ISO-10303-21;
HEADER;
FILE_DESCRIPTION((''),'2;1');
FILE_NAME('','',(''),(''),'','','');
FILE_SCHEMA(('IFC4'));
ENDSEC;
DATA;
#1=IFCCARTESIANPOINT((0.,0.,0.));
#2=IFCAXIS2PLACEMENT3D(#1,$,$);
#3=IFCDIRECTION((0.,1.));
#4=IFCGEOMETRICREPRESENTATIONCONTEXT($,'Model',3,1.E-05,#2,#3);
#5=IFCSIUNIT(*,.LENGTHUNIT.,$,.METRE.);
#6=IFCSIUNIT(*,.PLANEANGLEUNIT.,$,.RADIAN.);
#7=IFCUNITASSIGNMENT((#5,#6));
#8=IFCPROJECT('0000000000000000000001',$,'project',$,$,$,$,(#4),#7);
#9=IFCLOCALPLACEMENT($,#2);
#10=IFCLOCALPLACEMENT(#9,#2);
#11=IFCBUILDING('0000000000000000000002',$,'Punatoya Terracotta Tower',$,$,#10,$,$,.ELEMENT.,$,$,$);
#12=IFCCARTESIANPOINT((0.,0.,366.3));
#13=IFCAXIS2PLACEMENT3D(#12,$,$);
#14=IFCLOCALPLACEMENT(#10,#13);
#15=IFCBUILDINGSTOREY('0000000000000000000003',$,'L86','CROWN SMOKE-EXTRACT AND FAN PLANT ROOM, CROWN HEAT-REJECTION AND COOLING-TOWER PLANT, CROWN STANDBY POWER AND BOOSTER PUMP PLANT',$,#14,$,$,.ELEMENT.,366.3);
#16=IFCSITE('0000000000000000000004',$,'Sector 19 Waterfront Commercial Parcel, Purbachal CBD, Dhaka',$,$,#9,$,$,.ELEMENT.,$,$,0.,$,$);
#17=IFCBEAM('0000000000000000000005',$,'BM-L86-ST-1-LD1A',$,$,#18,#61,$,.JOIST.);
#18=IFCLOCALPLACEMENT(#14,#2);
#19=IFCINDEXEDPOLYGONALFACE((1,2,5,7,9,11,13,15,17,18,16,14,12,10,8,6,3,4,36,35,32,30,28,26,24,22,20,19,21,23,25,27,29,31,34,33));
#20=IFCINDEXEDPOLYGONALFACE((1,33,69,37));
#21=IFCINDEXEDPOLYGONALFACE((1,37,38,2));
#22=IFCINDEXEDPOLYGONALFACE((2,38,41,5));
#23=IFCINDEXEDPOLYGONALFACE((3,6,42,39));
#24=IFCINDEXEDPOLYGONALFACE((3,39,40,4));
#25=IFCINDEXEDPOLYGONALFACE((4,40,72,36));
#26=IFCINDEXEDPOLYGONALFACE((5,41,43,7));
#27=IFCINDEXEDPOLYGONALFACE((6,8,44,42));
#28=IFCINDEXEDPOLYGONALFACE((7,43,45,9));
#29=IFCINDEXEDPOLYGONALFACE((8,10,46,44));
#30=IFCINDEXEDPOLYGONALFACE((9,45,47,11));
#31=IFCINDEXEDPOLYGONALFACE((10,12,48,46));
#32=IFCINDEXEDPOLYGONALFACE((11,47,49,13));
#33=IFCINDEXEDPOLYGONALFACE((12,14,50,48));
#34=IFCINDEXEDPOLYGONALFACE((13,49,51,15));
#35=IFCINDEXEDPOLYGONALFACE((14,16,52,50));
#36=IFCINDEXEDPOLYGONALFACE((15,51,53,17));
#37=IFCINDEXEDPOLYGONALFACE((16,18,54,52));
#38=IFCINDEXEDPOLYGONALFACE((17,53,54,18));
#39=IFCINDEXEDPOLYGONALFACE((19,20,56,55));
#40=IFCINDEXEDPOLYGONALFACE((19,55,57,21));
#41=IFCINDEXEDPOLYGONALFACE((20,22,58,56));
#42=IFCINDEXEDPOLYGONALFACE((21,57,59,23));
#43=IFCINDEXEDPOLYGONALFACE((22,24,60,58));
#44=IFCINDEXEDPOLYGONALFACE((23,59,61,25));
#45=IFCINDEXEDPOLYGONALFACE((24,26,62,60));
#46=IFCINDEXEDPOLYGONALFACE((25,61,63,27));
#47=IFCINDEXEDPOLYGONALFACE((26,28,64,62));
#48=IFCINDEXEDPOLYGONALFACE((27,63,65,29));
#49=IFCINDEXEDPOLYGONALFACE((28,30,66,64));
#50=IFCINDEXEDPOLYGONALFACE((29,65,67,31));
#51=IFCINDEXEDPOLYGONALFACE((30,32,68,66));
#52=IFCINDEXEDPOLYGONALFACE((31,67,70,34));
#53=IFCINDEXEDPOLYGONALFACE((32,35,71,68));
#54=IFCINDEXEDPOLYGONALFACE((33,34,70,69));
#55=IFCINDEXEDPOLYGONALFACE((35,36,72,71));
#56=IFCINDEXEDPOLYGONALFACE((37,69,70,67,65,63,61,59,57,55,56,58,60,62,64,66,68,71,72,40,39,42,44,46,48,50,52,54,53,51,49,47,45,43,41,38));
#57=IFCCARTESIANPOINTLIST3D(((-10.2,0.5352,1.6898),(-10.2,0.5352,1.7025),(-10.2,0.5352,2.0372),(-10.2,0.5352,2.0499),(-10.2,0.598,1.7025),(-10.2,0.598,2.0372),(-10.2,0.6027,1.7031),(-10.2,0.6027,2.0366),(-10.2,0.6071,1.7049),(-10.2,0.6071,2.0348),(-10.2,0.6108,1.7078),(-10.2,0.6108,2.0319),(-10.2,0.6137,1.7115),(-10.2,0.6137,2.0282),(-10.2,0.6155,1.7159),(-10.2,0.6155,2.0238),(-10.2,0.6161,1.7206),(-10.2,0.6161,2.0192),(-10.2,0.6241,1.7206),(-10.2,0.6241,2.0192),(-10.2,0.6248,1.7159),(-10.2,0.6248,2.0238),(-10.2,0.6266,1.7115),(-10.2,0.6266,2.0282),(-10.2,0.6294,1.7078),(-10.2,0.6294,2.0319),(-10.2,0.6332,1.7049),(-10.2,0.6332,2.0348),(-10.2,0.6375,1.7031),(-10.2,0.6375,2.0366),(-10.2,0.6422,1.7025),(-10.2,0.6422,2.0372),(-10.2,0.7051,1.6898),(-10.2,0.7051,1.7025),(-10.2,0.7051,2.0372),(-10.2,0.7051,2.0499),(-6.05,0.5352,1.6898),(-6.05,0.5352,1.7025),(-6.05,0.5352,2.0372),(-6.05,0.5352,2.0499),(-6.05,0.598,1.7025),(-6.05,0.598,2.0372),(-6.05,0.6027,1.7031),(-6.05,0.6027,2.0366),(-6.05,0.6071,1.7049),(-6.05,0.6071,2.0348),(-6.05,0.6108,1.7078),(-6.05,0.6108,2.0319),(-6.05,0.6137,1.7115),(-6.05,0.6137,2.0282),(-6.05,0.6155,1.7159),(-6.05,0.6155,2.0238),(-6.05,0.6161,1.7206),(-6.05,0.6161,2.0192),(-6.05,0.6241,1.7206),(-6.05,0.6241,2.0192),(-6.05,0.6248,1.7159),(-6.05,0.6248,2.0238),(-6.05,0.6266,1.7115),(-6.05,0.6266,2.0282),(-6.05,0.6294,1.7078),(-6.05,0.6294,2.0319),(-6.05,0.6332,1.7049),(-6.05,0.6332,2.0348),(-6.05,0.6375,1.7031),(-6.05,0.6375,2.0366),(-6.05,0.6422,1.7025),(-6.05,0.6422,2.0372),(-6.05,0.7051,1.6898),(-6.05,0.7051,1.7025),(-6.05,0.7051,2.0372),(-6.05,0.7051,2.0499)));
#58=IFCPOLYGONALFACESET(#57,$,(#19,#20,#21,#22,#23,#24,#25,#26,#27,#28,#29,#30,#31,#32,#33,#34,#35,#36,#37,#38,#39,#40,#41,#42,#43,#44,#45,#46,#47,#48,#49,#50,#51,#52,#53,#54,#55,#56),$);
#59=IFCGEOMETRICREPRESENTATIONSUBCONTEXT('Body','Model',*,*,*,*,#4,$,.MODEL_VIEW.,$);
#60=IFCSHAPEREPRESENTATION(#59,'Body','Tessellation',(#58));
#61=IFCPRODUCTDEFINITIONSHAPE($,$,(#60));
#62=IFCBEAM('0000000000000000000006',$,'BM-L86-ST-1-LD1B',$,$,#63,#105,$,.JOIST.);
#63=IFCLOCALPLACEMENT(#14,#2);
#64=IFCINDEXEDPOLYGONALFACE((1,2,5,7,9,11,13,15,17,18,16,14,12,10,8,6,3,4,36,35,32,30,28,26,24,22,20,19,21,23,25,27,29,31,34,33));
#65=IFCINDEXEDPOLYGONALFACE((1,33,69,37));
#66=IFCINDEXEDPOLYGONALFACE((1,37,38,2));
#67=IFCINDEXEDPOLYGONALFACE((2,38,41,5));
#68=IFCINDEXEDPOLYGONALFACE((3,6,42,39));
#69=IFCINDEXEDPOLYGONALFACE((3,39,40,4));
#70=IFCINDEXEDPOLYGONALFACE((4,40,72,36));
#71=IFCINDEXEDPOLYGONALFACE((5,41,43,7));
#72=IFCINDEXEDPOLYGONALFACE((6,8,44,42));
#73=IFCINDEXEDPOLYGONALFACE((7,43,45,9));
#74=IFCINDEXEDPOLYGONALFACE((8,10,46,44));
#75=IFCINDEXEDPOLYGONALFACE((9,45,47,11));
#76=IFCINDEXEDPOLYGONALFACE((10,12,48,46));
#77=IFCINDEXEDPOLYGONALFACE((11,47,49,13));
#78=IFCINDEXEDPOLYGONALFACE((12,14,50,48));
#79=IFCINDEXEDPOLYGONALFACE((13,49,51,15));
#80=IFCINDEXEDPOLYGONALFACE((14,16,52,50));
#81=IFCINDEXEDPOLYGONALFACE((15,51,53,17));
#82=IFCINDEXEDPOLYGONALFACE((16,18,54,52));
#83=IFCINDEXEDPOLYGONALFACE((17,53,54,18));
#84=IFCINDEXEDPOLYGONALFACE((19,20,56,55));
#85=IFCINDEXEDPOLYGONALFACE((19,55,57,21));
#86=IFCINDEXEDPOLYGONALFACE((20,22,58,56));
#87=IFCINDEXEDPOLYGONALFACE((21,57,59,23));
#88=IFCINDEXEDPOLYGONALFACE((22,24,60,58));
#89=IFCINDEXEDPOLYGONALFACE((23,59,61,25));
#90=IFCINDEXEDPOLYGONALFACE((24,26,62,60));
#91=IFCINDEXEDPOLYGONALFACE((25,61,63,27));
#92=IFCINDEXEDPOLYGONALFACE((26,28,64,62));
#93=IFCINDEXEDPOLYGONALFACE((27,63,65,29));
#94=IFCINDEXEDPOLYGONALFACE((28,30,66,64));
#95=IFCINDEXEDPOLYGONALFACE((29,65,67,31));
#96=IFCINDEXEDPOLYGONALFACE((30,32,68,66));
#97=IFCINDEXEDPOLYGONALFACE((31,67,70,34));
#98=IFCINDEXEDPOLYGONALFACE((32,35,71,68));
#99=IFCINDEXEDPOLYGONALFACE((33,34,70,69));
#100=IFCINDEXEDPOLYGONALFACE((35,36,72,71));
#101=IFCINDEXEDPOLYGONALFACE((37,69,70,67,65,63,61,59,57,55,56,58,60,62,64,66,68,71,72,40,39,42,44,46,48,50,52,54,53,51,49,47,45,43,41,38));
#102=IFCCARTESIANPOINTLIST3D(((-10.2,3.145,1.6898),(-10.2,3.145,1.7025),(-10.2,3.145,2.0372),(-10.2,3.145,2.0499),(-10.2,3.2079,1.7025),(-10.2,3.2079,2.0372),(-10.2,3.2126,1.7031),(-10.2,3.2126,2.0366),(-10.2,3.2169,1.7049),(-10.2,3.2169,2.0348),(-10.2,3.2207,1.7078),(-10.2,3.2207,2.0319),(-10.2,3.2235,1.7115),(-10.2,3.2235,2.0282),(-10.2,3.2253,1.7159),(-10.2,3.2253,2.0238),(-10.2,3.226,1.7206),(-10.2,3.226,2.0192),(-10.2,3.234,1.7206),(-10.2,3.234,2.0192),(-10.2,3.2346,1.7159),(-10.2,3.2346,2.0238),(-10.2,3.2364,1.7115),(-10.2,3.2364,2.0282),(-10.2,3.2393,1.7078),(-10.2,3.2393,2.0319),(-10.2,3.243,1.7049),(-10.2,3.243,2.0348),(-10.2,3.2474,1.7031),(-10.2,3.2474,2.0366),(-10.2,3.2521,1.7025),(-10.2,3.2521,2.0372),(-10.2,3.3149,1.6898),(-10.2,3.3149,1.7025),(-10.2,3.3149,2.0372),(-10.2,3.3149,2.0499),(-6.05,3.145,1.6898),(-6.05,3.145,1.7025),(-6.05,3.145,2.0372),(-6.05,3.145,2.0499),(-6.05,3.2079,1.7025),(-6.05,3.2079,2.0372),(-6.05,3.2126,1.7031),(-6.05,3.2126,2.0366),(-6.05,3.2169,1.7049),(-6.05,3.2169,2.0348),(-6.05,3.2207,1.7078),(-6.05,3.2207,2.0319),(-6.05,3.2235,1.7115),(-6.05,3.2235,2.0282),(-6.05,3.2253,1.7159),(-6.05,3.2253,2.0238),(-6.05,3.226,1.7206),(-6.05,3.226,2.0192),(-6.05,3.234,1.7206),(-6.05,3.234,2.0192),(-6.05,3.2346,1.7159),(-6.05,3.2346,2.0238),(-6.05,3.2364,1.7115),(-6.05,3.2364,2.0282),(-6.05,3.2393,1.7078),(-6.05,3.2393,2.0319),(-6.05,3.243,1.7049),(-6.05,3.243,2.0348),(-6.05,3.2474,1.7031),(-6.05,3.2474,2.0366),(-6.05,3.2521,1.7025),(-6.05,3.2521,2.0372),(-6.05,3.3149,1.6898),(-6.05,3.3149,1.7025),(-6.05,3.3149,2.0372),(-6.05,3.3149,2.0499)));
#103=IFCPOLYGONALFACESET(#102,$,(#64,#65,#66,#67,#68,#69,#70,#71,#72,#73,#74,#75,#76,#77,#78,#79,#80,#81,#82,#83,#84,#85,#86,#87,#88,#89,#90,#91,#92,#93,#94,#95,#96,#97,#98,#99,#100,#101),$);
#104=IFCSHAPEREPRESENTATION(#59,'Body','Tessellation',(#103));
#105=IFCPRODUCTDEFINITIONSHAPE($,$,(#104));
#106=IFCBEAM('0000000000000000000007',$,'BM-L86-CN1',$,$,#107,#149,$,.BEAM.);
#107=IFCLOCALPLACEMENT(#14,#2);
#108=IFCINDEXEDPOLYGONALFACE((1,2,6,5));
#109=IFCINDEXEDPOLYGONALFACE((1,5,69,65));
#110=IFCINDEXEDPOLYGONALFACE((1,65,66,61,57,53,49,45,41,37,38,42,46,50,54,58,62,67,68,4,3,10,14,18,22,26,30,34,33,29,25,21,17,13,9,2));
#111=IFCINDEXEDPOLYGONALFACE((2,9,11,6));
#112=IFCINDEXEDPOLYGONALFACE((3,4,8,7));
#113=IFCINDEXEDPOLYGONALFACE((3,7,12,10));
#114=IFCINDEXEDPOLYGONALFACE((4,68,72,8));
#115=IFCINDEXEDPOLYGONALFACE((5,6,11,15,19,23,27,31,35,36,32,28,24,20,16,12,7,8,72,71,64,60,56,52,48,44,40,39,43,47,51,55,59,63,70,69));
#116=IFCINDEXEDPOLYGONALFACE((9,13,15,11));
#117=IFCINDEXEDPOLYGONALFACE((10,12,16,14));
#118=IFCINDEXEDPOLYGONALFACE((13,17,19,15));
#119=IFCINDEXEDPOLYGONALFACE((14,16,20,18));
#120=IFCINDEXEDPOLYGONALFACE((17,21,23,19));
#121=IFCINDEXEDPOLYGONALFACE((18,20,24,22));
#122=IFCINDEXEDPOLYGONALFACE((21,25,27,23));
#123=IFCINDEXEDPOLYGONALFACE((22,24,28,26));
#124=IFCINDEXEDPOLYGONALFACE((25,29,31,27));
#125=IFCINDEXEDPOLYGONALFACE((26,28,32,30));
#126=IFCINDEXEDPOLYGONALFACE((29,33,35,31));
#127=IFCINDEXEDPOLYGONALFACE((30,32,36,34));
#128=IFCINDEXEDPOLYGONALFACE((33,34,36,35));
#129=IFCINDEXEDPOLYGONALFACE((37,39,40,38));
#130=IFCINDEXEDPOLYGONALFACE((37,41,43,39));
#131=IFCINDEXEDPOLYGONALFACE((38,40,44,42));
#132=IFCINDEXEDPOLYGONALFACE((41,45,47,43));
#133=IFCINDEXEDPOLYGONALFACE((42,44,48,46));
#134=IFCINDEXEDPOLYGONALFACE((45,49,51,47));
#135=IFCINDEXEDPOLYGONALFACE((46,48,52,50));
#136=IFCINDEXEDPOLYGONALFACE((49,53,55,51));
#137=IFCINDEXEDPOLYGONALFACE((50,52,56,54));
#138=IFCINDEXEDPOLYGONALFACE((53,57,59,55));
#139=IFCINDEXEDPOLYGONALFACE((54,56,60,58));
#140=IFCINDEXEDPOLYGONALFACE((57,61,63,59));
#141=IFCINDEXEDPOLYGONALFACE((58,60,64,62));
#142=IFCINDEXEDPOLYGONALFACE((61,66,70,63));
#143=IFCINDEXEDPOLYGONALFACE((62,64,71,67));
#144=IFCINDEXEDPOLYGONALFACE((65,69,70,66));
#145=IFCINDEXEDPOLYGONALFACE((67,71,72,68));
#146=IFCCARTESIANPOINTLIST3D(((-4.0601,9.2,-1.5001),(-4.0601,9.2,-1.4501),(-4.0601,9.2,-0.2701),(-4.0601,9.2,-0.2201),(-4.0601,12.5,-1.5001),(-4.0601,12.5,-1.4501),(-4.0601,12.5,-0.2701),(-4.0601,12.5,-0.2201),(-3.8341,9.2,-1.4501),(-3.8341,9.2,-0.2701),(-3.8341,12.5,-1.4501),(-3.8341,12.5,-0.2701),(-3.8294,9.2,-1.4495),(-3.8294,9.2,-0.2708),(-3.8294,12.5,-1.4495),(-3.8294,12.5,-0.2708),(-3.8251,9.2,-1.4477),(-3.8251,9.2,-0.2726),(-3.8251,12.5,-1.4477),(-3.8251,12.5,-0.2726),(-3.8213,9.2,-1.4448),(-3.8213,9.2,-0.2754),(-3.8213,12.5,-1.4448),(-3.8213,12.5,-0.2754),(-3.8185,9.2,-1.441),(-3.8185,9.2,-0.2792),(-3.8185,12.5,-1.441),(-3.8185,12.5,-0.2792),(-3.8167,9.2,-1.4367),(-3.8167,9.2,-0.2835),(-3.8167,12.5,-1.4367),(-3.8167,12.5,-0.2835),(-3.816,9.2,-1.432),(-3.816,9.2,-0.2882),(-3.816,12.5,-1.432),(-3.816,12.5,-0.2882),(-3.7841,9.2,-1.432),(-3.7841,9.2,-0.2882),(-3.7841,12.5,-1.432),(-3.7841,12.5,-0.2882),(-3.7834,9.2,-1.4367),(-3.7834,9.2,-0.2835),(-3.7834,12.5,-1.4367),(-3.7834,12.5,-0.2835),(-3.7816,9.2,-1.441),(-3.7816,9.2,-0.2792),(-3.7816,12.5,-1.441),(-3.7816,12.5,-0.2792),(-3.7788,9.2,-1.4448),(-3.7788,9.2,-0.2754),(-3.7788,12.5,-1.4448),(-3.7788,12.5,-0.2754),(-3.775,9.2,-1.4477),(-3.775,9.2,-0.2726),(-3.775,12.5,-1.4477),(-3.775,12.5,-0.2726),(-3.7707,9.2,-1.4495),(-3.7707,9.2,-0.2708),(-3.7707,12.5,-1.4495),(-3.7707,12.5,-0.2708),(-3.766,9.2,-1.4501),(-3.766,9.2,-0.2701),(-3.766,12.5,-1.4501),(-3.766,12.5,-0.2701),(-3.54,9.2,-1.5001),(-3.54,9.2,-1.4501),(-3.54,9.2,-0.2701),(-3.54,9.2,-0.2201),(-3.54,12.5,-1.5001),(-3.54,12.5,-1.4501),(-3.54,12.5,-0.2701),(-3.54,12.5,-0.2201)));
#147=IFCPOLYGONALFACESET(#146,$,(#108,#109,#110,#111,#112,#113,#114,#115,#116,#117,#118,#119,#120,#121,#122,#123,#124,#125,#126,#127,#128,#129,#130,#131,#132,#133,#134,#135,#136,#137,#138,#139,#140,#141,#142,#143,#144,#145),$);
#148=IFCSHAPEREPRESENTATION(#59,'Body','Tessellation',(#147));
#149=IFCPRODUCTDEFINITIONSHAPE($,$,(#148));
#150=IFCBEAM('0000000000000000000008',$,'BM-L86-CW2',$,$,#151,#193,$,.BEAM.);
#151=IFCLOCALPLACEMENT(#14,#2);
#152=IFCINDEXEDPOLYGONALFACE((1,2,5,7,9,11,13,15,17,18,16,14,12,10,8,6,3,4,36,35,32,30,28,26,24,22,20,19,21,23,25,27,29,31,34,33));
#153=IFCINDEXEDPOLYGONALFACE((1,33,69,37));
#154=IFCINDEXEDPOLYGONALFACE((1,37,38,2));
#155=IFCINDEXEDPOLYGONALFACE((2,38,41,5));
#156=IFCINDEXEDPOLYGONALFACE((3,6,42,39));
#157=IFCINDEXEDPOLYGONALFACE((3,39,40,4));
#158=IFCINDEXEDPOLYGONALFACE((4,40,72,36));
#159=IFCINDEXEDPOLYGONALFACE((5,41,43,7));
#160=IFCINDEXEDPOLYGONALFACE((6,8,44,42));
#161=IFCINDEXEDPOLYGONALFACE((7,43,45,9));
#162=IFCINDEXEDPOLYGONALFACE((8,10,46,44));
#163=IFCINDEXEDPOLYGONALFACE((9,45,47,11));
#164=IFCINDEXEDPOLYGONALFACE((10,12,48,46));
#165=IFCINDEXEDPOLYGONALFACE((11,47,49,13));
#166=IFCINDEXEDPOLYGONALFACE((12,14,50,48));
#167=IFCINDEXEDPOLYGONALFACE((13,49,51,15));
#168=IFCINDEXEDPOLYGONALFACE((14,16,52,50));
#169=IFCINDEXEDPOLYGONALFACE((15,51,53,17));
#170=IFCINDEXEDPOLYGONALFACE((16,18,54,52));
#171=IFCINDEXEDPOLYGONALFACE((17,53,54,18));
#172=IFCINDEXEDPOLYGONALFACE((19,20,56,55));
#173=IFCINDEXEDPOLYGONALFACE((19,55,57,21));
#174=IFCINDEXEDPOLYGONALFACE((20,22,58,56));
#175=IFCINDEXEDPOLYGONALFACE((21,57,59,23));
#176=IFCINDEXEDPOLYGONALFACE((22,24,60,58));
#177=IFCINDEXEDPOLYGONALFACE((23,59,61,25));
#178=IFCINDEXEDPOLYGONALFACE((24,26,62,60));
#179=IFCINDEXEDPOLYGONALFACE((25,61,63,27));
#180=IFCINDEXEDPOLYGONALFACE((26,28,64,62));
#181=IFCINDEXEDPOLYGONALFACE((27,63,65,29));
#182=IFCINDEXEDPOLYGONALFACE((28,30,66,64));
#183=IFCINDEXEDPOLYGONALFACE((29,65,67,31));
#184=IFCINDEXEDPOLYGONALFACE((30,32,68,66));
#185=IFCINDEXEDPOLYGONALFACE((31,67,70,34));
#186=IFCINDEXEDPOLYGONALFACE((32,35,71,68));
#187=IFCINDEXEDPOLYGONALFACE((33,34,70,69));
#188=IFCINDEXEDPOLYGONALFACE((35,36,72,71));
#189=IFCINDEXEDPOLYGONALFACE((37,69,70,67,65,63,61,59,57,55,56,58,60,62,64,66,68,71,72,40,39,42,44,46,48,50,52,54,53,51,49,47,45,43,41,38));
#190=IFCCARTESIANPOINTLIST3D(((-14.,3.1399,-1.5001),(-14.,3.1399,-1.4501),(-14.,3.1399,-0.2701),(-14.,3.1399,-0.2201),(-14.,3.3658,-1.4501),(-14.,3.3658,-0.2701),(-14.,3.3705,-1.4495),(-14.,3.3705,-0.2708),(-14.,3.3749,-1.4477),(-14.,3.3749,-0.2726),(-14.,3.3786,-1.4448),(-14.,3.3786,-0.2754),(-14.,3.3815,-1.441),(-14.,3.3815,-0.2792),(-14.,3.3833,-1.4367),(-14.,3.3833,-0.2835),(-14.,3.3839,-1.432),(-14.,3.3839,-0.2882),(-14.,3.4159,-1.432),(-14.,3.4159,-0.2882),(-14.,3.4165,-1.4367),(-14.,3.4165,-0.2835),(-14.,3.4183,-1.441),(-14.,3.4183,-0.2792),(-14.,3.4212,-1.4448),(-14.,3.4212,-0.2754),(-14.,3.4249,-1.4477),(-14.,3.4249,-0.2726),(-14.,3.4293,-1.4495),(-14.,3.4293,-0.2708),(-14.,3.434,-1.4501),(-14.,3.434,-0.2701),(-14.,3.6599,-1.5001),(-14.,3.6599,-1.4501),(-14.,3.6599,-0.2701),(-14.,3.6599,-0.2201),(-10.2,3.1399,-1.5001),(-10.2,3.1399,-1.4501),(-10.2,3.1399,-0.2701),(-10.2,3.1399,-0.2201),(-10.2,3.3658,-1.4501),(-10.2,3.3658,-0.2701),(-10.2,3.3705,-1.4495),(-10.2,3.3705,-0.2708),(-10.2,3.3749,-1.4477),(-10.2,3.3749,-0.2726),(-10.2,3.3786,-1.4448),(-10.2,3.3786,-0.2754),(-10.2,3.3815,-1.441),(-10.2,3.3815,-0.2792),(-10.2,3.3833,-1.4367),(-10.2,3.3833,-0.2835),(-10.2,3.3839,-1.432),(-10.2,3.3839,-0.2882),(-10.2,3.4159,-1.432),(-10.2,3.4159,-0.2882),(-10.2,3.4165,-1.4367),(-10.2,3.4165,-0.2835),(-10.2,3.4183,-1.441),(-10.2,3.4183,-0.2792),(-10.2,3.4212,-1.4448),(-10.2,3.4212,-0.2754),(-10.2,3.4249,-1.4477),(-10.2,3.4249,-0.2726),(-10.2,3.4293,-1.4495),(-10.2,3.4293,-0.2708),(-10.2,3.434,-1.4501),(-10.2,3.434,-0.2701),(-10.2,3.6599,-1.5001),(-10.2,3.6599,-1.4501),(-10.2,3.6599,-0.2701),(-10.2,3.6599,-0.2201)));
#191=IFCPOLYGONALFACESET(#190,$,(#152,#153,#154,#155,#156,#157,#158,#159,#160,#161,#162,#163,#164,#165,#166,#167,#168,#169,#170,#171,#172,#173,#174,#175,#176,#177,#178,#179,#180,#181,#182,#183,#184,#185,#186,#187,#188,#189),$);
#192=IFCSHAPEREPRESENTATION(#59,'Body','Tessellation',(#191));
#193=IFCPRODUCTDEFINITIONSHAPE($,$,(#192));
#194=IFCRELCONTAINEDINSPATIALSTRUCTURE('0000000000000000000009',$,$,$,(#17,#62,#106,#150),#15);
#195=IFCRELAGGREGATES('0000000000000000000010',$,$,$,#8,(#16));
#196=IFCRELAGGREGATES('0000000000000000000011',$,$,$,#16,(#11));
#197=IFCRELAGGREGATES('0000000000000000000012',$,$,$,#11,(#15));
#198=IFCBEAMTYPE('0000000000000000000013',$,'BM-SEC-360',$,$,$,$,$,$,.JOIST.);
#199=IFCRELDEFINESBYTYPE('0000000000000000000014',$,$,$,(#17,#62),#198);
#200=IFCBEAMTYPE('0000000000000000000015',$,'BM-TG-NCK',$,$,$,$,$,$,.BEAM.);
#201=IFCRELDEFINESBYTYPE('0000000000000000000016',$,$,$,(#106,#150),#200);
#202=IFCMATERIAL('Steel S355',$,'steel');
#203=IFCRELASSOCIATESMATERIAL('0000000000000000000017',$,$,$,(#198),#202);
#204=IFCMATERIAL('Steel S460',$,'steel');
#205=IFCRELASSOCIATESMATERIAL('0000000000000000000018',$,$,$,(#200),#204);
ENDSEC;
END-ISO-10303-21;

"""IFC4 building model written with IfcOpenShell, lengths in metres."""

from ifc_helpers import new_model, si_unit, direction, frame, origin, origin_2d, place, context, subcontext, project, spatial, i_section, extrude, material, material_profile, profile_set, type_object, element, save


model = new_model("IFC4")

# Units and contexts
model_context = context("Model", 3, precision=1e-05, world=origin(), true_north=direction((0.0, 1.0)))
body_context = subcontext(model_context, "Body", "Model", "MODEL_VIEW")
ifc_project = project(units=[si_unit("LENGTHUNIT", "METRE"), si_unit("PLANEANGLEUNIT", "RADIAN")], contexts=[model_context])

# Site, building, storey
site_placement = place(None, origin())
site = spatial("IfcSite", under=ifc_project, at=site_placement, Name="Sector 19 Waterfront Commercial Parcel, Purbachal CBD, Dhaka", CompositionType="ELEMENT", RefElevation=0.0)
building_placement = place(site_placement, origin())
building = spatial("IfcBuilding", under=site, at=building_placement, Name="Punatoya Terracotta Tower", CompositionType="ELEMENT")
storey_placement = place(building_placement, frame((0.0, 0.0, 366.3)))
storey = spatial("IfcBuildingStorey", under=building, at=storey_placement, Name="L86", Description="CROWN SMOKE-EXTRACT AND FAN PLANT ROOM, CROWN HEAT-REJECTION AND COOLING-TOWER PLANT, CROWN STANDBY POWER AND BOOSTER PUMP PLANT", CompositionType="ELEMENT", Elevation=366.3)

# Shared definitions
ifc_material_1 = material(Name="Steel S355", Category="steel")

# Beams
ifc_material_profile_1 = material_profile(ifc_material_1, i_section(OverallWidth=0.1699, OverallDepth=0.3601, WebThickness=0.0081, FlangeThickness=0.0127, FilletRadius=0.0181, at=origin_2d()))
ifc_profile_set_1 = profile_set([ifc_material_profile_1], Name="Steel S355")
beam_type_1 = type_object("IfcBeamType", Name="BM-SEC-360", PredefinedType="JOIST", material=ifc_profile_set_1)
for number, where, z_axis, x_axis, name in (
    (1, (-10.2, 0.6201, 1.8699), (1.0, 0.0, 0.0), (0.0, 1.0, 0.0), "BM-L86-ST-1-LD1A"),
    (2, (-10.2, 3.23, 1.8699), (1.0, 0.0, 0.0), (0.0, 1.0, 0.0), "BM-L86-ST-1-LD1B"),
):
    element("IfcBeam", number, at=place(storey_placement, frame(where, z_axis=z_axis, x_axis=x_axis)), inside=storey, type_object=beam_type_1, Name=name, PredefinedType="JOIST", context=body_context, shape_type="SweptSolid", body=[
        extrude(i_section(OverallWidth=0.1699, OverallDepth=0.3601, WebThickness=0.0081, FlangeThickness=0.0127, FilletRadius=0.0181, at=origin_2d()), origin(), (0.0, 0.0, 1.0), 4.1499),
    ])
ifc_material_2 = material(Name="Steel S460", Category="steel")
ifc_material_profile_2 = material_profile(ifc_material_2, i_section(OverallWidth=0.52, OverallDepth=1.28, WebThickness=0.032, FlangeThickness=0.05, FilletRadius=0.0181, at=origin_2d()))
ifc_profile_set_2 = profile_set([ifc_material_profile_2], Name="Steel S460")
beam_type_2 = type_object("IfcBeamType", Name="BM-TG-NCK", PredefinedType="BEAM", material=ifc_profile_set_2)
beam_1_placement = place(storey_placement, frame((-3.8, 9.2, -0.8601), z_axis=(0.0, 1.0, 0.0), x_axis=(-1.0, 0.0, 0.0)))
element("IfcBeam", 3, at=beam_1_placement, inside=storey, type_object=beam_type_2, Name="BM-L86-CN1", PredefinedType="BEAM", context=body_context, shape_type="SweptSolid", body=[
    extrude(i_section(OverallWidth=0.52, OverallDepth=1.28, WebThickness=0.032, FlangeThickness=0.05, FilletRadius=0.0181, at=origin_2d()), origin(), (0.0, 0.0, 1.0), 3.3),
])
beam_2_placement = place(storey_placement, frame((-14.0, 3.3999, -0.8601), z_axis=(1.0, 0.0, 0.0), x_axis=(0.0, 1.0, 0.0)))
element("IfcBeam", 4, at=beam_2_placement, inside=storey, type_object=beam_type_2, Name="BM-L86-CW2", PredefinedType="BEAM", context=body_context, shape_type="SweptSolid", body=[
    extrude(i_section(OverallWidth=0.52, OverallDepth=1.28, WebThickness=0.032, FlangeThickness=0.05, FilletRadius=0.0181, at=origin_2d()), origin(), (0.0, 0.0, 1.0), 3.8),
])

save(model, "model.ifc")
